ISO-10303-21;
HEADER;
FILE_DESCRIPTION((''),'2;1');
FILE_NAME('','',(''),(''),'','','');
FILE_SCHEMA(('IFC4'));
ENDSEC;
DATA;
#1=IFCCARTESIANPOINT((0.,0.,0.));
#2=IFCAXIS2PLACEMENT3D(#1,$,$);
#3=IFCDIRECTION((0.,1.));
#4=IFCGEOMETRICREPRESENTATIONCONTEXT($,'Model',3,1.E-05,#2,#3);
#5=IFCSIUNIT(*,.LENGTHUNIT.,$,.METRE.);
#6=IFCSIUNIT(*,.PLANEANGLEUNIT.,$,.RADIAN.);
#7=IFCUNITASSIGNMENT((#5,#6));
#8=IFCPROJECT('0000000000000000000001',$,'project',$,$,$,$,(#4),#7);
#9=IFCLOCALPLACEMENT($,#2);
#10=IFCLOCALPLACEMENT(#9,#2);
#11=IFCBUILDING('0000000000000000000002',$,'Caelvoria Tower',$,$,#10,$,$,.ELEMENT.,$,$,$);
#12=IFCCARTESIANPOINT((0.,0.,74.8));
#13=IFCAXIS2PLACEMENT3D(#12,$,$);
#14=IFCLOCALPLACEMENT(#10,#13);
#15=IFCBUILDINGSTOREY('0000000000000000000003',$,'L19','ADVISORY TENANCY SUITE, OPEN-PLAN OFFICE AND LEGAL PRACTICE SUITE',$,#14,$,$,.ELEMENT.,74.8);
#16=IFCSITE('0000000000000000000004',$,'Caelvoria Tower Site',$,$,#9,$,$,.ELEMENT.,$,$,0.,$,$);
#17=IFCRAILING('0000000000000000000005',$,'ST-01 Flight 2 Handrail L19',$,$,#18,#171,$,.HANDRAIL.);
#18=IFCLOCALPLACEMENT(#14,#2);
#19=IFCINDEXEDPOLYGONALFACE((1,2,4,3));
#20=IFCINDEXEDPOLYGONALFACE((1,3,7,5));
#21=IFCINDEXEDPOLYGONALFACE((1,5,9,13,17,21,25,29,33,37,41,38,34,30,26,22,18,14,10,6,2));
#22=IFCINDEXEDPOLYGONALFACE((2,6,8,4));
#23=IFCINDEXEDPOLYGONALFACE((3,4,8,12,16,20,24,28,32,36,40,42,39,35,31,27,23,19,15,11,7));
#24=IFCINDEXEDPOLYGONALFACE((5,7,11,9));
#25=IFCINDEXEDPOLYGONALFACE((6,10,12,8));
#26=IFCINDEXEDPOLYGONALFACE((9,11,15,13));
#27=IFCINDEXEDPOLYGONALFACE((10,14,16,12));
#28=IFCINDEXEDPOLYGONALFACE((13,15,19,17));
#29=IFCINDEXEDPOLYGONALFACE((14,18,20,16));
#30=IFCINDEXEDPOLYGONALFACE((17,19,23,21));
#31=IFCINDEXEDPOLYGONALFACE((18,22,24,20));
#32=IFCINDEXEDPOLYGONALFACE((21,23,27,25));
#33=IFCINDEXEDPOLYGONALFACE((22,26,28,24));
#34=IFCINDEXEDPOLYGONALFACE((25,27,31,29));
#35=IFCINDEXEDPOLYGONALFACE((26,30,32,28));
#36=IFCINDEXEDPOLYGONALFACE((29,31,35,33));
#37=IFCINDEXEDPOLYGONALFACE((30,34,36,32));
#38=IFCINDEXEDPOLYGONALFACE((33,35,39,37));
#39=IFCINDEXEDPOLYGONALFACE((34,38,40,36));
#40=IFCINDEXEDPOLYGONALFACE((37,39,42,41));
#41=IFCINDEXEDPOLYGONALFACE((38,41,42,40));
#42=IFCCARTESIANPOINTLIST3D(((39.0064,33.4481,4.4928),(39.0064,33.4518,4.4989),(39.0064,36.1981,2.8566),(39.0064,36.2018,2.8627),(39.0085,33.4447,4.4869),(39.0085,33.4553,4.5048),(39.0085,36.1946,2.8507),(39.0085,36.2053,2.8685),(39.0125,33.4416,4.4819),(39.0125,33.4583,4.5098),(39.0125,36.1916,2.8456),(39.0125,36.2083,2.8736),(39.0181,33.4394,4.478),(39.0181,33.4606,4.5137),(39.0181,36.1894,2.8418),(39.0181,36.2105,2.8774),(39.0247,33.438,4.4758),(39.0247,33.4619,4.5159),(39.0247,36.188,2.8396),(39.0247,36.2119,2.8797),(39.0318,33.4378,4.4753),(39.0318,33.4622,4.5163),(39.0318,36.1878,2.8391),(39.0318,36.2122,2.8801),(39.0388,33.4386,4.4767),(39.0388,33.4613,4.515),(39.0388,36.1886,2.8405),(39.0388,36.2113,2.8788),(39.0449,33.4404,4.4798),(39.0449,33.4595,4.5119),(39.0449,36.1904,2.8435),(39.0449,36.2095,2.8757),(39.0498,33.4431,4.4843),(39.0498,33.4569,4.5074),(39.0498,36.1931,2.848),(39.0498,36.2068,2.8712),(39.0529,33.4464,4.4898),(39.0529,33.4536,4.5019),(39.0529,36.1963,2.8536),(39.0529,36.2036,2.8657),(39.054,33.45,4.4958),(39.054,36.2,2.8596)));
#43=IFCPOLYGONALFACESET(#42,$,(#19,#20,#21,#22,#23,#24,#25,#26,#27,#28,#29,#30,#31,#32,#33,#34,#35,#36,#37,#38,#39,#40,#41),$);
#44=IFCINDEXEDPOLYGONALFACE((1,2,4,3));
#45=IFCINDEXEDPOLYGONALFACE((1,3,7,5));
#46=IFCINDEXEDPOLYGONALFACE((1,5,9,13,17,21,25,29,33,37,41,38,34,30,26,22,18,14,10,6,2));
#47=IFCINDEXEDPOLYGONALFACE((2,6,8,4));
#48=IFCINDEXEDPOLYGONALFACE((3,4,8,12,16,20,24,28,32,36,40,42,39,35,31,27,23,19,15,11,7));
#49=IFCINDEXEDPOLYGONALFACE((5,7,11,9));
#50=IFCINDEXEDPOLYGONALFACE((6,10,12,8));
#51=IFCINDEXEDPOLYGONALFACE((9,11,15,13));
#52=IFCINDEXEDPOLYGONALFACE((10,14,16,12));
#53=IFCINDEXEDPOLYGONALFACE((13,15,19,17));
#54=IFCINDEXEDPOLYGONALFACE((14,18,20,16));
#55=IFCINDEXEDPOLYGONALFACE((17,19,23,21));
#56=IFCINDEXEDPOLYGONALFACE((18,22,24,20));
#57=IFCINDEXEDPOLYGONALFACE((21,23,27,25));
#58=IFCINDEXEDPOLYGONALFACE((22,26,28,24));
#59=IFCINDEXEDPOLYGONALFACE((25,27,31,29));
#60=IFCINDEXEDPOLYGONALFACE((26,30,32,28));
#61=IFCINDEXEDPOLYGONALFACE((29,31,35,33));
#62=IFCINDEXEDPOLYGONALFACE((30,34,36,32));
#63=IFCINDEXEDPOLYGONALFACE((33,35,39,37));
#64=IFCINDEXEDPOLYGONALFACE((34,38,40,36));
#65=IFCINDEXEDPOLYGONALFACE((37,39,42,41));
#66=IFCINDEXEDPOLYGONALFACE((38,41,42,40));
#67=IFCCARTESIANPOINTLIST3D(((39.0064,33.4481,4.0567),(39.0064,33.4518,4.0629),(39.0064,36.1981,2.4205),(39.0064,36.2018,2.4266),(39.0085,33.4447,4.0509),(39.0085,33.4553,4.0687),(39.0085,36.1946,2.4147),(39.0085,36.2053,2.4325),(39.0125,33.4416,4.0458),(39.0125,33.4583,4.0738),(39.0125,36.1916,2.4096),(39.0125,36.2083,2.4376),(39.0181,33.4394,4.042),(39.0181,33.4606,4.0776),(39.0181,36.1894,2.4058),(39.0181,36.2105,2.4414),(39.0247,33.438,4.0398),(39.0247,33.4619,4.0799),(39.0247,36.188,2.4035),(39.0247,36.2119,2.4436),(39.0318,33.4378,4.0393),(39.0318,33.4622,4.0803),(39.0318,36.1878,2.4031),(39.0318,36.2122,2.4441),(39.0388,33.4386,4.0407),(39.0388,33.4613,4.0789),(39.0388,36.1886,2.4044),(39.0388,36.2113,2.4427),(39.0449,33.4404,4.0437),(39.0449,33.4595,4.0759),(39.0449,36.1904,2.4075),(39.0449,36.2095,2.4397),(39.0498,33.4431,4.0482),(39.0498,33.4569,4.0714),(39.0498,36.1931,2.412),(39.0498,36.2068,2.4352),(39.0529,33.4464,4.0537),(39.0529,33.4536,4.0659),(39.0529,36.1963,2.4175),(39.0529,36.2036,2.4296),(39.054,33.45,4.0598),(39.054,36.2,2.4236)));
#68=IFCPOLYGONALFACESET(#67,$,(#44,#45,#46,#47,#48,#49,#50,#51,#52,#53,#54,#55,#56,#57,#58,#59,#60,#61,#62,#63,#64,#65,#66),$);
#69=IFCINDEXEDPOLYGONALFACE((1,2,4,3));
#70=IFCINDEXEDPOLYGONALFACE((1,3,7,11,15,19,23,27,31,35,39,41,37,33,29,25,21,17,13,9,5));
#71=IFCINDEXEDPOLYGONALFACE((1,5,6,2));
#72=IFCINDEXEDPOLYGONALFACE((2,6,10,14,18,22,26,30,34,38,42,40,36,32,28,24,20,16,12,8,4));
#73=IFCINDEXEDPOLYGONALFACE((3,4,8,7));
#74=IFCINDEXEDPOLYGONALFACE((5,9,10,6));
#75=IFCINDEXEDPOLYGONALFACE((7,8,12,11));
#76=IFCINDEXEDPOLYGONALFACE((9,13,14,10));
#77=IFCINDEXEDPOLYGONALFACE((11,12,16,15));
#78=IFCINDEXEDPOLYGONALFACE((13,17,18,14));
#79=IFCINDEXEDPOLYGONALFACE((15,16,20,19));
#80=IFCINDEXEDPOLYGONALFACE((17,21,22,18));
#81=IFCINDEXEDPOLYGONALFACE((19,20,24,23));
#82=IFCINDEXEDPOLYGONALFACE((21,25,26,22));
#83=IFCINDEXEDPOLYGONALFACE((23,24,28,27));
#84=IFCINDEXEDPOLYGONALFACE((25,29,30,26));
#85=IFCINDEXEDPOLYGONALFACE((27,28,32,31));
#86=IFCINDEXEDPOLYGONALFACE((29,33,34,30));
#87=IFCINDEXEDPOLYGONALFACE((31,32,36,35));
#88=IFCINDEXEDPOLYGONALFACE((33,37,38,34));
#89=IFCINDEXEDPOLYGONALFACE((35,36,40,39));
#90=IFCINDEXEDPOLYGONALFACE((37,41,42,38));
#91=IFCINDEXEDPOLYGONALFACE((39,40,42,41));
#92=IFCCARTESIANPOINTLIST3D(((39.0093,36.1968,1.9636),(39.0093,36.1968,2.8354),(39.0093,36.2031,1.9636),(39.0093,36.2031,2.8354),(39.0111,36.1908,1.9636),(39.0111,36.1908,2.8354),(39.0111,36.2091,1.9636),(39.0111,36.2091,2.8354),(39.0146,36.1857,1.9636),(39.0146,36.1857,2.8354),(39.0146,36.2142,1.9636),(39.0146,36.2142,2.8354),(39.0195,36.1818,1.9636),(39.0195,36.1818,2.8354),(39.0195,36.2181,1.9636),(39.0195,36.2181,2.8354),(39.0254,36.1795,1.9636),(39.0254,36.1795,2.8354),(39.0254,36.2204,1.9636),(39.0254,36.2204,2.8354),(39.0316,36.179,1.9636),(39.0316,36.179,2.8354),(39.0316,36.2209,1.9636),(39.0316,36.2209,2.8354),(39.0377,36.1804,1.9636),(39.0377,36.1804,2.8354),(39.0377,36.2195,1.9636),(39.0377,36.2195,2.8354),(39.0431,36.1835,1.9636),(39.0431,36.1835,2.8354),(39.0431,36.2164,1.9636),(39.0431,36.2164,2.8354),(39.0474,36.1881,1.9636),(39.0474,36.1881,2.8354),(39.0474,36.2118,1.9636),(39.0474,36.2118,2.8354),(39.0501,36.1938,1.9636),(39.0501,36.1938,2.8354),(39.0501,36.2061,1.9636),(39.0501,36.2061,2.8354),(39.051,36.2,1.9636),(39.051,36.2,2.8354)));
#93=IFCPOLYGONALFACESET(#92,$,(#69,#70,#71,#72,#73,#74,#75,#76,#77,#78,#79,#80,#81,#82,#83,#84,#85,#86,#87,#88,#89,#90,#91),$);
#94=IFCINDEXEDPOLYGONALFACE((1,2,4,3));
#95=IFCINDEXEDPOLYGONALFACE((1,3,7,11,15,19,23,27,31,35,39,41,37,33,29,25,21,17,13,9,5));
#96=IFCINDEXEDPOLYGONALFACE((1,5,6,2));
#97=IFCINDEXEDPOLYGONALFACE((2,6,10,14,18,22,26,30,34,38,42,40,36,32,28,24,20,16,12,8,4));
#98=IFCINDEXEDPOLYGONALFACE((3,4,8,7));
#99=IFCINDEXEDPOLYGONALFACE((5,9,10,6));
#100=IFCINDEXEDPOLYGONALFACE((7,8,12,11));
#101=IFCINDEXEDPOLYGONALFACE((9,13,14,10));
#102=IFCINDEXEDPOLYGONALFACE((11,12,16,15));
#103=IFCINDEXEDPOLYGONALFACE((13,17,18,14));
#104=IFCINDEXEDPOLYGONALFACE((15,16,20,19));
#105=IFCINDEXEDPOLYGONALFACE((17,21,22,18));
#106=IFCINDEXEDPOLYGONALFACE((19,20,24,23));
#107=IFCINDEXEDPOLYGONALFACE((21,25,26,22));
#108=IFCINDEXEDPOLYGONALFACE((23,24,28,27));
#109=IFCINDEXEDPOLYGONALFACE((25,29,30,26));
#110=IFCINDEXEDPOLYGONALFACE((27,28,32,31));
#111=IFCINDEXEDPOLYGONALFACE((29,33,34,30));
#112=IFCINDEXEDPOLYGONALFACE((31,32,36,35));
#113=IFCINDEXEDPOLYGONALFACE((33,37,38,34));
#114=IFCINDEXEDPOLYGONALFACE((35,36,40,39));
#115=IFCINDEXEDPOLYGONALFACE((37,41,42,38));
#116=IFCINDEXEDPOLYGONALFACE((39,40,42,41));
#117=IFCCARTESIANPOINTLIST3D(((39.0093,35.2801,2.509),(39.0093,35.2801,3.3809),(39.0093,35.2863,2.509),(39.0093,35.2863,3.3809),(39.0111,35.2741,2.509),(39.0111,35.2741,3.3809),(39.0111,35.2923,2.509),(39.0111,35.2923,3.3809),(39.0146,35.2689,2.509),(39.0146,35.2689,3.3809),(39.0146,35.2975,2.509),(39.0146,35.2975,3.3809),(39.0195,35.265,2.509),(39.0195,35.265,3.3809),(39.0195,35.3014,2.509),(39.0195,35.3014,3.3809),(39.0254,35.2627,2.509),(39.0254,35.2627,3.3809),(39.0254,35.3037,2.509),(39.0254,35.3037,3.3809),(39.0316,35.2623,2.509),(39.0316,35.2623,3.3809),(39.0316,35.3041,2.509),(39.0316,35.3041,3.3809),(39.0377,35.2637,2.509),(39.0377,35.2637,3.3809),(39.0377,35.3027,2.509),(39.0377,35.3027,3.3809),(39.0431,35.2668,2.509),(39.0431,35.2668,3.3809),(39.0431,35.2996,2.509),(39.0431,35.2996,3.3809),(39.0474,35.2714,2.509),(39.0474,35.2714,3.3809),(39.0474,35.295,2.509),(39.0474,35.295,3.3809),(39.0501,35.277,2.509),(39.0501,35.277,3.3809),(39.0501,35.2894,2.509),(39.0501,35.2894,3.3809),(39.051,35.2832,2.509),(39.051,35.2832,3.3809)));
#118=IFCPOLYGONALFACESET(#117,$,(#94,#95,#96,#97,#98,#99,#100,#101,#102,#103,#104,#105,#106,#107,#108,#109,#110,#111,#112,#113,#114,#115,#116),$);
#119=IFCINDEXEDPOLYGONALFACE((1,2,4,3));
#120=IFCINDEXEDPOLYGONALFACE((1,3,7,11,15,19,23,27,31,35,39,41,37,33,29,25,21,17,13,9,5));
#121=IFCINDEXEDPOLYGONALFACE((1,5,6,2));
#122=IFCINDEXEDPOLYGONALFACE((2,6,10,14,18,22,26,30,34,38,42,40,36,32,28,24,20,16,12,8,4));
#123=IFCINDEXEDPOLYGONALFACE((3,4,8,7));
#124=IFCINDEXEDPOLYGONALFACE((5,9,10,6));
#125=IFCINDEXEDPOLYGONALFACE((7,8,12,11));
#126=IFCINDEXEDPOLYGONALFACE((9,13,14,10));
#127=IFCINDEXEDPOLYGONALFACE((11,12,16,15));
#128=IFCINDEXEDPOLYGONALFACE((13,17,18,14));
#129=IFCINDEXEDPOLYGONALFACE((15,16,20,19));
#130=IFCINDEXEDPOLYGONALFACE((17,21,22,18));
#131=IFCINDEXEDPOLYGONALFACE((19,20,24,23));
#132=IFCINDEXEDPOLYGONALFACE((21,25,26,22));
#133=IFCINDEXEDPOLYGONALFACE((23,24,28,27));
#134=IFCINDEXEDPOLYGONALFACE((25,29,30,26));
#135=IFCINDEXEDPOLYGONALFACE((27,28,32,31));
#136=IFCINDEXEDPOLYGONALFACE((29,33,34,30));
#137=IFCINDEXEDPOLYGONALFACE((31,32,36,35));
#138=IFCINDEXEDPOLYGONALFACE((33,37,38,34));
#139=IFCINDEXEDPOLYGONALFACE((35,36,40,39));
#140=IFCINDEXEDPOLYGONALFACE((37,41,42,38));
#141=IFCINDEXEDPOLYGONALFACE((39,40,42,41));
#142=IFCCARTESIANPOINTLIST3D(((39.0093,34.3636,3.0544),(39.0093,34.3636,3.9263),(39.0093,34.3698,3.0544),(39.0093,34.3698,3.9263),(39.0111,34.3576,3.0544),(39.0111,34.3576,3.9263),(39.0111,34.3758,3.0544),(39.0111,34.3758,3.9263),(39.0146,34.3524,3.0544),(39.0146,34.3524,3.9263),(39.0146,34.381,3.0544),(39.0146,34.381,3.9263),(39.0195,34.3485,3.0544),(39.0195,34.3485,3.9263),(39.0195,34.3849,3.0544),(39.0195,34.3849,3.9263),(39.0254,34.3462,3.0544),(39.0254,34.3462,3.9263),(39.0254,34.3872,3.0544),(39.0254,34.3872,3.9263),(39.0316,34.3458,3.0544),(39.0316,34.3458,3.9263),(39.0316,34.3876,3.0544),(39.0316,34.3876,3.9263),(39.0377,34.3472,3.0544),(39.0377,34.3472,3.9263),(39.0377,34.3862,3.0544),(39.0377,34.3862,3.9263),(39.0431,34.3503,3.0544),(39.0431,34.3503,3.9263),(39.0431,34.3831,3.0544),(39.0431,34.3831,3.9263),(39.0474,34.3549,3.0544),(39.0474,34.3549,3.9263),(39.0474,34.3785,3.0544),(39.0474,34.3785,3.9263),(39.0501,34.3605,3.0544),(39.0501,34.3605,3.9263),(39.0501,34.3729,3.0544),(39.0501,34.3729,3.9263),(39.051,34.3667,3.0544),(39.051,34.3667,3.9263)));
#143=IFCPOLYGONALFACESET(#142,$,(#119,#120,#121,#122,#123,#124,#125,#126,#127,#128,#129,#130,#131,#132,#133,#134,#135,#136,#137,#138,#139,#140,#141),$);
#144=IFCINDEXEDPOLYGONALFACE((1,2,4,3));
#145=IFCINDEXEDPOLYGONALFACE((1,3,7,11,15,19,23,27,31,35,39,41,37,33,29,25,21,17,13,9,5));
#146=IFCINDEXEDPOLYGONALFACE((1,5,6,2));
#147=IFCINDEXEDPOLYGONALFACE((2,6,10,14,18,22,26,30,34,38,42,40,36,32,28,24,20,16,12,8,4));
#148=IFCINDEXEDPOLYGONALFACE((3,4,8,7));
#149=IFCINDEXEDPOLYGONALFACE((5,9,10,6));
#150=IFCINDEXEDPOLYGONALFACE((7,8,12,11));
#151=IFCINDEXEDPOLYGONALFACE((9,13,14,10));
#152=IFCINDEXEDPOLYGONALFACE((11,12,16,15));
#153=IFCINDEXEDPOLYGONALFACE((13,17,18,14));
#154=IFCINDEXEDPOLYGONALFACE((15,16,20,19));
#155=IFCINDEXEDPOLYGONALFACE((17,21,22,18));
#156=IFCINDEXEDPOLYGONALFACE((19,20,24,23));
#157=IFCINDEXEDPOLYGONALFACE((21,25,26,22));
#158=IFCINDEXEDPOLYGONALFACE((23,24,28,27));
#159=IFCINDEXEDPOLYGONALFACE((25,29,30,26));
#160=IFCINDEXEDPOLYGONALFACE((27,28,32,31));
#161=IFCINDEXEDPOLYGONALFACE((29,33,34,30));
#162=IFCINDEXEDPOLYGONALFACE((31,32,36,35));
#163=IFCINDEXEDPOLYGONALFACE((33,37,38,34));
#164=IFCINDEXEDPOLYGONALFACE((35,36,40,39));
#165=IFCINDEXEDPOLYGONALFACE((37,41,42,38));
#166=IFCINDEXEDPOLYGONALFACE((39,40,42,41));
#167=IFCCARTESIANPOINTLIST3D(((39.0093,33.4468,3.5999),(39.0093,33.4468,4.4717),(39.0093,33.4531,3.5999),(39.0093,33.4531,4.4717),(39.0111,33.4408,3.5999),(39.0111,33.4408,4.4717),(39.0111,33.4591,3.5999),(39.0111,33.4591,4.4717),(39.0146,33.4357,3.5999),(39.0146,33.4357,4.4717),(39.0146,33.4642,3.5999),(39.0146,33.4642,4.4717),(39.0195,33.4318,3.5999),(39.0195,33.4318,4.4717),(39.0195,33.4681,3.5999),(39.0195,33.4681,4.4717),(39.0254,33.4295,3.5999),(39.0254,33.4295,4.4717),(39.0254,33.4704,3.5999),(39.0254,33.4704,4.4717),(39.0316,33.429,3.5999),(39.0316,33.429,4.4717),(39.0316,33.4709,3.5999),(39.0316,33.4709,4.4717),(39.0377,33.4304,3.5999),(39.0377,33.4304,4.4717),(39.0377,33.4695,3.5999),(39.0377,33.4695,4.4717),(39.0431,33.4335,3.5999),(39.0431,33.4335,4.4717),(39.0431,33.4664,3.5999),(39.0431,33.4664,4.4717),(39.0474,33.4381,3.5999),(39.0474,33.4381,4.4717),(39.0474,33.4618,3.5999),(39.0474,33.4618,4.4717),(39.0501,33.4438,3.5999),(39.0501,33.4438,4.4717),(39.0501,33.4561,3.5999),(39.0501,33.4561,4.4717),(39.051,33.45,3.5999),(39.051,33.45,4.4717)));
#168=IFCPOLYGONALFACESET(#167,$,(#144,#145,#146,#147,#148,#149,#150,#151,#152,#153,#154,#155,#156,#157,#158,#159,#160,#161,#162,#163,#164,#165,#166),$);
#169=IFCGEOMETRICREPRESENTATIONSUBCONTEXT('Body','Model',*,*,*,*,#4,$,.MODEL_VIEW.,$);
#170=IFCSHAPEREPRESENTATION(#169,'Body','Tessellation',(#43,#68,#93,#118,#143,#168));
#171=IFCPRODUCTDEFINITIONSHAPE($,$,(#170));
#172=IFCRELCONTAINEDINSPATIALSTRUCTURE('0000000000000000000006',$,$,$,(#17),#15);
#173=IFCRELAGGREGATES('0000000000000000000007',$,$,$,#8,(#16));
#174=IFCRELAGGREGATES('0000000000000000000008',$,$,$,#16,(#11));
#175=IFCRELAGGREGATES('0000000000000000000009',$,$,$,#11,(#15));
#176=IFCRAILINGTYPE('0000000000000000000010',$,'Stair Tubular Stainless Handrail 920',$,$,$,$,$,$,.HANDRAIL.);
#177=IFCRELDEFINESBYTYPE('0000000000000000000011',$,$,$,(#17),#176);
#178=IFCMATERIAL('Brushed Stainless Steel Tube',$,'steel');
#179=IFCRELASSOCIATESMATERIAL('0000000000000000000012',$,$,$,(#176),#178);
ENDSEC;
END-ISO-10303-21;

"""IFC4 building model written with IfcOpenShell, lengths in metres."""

from ifc_helpers import new_model, si_unit, direction, frame, origin, origin_2d, place, context, subcontext, project, spatial, circle, extrude, material, type_object, element, save


model = new_model("IFC4")

# Units and contexts
model_context = context("Model", 3, precision=1e-05, world=origin(), true_north=direction((0.0, 1.0)))
body_context = subcontext(model_context, "Body", "Model", "MODEL_VIEW")
ifc_project = project(units=[si_unit("LENGTHUNIT", "METRE"), si_unit("PLANEANGLEUNIT", "RADIAN")], contexts=[model_context])

# Site, building, storey
site_placement = place(None, origin())
site = spatial("IfcSite", under=ifc_project, at=site_placement, Name="Caelvoria Tower Site", CompositionType="ELEMENT", RefElevation=0.0)
building_placement = place(site_placement, origin())
building = spatial("IfcBuilding", under=site, at=building_placement, Name="Caelvoria Tower", CompositionType="ELEMENT")
storey_placement = place(building_placement, frame((0.0, 0.0, 74.8)))
storey = spatial("IfcBuildingStorey", under=building, at=storey_placement, Name="L19", Description="ADVISORY TENANCY SUITE, OPEN-PLAN OFFICE AND LEGAL PRACTICE SUITE", CompositionType="ELEMENT", Elevation=74.8)

# Railing
ifc_material_1 = material(Name="Brushed Stainless Steel Tube", Category="steel")
railing_type_1 = type_object("IfcRailingType", Name="Stair Tubular Stainless Handrail 920", PredefinedType="HANDRAIL", material=ifc_material_1)
railing_1_placement = place(storey_placement, frame((39.03, 36.2, 1.9636)))
element("IfcRailing", 1, at=railing_1_placement, inside=storey, type_object=railing_type_1, Name="ST-01 Flight 2 Handrail L19", PredefinedType="HANDRAIL", context=body_context, shape_type="SweptSolid", body=[
    extrude(circle(Radius=0.0239, at=origin_2d()), frame((0.0, 0.0, 0.896), z_axis=(0.0, -0.859385, 0.511328), x_axis=(1.0, 0.0, 0.0)), (0.0, 0.0, 1.0), 3.2),
    extrude(circle(Radius=0.0239, at=origin_2d()), frame((0.0, 0.0, 0.46), z_axis=(0.0, -0.859385, 0.511328), x_axis=(1.0, 0.0, 0.0)), (0.0, 0.0, 1.0), 3.2),
    extrude(circle(Radius=0.021, at=origin_2d()), origin(), (0.0, 0.0, 1.0), 0.8718),
    extrude(circle(Radius=0.021, at=origin_2d()), frame((0.0, -0.9167, 0.5454)), (0.0, 0.0, 1.0), 0.8718),
    extrude(circle(Radius=0.021, at=origin_2d()), frame((0.0, -1.8333, 1.0908)), (0.0, 0.0, 1.0), 0.8718),
    extrude(circle(Radius=0.021, at=origin_2d()), frame((0.0, -2.75, 1.6362)), (0.0, 0.0, 1.0), 0.8718),
])

save(model, "model.ifc")
